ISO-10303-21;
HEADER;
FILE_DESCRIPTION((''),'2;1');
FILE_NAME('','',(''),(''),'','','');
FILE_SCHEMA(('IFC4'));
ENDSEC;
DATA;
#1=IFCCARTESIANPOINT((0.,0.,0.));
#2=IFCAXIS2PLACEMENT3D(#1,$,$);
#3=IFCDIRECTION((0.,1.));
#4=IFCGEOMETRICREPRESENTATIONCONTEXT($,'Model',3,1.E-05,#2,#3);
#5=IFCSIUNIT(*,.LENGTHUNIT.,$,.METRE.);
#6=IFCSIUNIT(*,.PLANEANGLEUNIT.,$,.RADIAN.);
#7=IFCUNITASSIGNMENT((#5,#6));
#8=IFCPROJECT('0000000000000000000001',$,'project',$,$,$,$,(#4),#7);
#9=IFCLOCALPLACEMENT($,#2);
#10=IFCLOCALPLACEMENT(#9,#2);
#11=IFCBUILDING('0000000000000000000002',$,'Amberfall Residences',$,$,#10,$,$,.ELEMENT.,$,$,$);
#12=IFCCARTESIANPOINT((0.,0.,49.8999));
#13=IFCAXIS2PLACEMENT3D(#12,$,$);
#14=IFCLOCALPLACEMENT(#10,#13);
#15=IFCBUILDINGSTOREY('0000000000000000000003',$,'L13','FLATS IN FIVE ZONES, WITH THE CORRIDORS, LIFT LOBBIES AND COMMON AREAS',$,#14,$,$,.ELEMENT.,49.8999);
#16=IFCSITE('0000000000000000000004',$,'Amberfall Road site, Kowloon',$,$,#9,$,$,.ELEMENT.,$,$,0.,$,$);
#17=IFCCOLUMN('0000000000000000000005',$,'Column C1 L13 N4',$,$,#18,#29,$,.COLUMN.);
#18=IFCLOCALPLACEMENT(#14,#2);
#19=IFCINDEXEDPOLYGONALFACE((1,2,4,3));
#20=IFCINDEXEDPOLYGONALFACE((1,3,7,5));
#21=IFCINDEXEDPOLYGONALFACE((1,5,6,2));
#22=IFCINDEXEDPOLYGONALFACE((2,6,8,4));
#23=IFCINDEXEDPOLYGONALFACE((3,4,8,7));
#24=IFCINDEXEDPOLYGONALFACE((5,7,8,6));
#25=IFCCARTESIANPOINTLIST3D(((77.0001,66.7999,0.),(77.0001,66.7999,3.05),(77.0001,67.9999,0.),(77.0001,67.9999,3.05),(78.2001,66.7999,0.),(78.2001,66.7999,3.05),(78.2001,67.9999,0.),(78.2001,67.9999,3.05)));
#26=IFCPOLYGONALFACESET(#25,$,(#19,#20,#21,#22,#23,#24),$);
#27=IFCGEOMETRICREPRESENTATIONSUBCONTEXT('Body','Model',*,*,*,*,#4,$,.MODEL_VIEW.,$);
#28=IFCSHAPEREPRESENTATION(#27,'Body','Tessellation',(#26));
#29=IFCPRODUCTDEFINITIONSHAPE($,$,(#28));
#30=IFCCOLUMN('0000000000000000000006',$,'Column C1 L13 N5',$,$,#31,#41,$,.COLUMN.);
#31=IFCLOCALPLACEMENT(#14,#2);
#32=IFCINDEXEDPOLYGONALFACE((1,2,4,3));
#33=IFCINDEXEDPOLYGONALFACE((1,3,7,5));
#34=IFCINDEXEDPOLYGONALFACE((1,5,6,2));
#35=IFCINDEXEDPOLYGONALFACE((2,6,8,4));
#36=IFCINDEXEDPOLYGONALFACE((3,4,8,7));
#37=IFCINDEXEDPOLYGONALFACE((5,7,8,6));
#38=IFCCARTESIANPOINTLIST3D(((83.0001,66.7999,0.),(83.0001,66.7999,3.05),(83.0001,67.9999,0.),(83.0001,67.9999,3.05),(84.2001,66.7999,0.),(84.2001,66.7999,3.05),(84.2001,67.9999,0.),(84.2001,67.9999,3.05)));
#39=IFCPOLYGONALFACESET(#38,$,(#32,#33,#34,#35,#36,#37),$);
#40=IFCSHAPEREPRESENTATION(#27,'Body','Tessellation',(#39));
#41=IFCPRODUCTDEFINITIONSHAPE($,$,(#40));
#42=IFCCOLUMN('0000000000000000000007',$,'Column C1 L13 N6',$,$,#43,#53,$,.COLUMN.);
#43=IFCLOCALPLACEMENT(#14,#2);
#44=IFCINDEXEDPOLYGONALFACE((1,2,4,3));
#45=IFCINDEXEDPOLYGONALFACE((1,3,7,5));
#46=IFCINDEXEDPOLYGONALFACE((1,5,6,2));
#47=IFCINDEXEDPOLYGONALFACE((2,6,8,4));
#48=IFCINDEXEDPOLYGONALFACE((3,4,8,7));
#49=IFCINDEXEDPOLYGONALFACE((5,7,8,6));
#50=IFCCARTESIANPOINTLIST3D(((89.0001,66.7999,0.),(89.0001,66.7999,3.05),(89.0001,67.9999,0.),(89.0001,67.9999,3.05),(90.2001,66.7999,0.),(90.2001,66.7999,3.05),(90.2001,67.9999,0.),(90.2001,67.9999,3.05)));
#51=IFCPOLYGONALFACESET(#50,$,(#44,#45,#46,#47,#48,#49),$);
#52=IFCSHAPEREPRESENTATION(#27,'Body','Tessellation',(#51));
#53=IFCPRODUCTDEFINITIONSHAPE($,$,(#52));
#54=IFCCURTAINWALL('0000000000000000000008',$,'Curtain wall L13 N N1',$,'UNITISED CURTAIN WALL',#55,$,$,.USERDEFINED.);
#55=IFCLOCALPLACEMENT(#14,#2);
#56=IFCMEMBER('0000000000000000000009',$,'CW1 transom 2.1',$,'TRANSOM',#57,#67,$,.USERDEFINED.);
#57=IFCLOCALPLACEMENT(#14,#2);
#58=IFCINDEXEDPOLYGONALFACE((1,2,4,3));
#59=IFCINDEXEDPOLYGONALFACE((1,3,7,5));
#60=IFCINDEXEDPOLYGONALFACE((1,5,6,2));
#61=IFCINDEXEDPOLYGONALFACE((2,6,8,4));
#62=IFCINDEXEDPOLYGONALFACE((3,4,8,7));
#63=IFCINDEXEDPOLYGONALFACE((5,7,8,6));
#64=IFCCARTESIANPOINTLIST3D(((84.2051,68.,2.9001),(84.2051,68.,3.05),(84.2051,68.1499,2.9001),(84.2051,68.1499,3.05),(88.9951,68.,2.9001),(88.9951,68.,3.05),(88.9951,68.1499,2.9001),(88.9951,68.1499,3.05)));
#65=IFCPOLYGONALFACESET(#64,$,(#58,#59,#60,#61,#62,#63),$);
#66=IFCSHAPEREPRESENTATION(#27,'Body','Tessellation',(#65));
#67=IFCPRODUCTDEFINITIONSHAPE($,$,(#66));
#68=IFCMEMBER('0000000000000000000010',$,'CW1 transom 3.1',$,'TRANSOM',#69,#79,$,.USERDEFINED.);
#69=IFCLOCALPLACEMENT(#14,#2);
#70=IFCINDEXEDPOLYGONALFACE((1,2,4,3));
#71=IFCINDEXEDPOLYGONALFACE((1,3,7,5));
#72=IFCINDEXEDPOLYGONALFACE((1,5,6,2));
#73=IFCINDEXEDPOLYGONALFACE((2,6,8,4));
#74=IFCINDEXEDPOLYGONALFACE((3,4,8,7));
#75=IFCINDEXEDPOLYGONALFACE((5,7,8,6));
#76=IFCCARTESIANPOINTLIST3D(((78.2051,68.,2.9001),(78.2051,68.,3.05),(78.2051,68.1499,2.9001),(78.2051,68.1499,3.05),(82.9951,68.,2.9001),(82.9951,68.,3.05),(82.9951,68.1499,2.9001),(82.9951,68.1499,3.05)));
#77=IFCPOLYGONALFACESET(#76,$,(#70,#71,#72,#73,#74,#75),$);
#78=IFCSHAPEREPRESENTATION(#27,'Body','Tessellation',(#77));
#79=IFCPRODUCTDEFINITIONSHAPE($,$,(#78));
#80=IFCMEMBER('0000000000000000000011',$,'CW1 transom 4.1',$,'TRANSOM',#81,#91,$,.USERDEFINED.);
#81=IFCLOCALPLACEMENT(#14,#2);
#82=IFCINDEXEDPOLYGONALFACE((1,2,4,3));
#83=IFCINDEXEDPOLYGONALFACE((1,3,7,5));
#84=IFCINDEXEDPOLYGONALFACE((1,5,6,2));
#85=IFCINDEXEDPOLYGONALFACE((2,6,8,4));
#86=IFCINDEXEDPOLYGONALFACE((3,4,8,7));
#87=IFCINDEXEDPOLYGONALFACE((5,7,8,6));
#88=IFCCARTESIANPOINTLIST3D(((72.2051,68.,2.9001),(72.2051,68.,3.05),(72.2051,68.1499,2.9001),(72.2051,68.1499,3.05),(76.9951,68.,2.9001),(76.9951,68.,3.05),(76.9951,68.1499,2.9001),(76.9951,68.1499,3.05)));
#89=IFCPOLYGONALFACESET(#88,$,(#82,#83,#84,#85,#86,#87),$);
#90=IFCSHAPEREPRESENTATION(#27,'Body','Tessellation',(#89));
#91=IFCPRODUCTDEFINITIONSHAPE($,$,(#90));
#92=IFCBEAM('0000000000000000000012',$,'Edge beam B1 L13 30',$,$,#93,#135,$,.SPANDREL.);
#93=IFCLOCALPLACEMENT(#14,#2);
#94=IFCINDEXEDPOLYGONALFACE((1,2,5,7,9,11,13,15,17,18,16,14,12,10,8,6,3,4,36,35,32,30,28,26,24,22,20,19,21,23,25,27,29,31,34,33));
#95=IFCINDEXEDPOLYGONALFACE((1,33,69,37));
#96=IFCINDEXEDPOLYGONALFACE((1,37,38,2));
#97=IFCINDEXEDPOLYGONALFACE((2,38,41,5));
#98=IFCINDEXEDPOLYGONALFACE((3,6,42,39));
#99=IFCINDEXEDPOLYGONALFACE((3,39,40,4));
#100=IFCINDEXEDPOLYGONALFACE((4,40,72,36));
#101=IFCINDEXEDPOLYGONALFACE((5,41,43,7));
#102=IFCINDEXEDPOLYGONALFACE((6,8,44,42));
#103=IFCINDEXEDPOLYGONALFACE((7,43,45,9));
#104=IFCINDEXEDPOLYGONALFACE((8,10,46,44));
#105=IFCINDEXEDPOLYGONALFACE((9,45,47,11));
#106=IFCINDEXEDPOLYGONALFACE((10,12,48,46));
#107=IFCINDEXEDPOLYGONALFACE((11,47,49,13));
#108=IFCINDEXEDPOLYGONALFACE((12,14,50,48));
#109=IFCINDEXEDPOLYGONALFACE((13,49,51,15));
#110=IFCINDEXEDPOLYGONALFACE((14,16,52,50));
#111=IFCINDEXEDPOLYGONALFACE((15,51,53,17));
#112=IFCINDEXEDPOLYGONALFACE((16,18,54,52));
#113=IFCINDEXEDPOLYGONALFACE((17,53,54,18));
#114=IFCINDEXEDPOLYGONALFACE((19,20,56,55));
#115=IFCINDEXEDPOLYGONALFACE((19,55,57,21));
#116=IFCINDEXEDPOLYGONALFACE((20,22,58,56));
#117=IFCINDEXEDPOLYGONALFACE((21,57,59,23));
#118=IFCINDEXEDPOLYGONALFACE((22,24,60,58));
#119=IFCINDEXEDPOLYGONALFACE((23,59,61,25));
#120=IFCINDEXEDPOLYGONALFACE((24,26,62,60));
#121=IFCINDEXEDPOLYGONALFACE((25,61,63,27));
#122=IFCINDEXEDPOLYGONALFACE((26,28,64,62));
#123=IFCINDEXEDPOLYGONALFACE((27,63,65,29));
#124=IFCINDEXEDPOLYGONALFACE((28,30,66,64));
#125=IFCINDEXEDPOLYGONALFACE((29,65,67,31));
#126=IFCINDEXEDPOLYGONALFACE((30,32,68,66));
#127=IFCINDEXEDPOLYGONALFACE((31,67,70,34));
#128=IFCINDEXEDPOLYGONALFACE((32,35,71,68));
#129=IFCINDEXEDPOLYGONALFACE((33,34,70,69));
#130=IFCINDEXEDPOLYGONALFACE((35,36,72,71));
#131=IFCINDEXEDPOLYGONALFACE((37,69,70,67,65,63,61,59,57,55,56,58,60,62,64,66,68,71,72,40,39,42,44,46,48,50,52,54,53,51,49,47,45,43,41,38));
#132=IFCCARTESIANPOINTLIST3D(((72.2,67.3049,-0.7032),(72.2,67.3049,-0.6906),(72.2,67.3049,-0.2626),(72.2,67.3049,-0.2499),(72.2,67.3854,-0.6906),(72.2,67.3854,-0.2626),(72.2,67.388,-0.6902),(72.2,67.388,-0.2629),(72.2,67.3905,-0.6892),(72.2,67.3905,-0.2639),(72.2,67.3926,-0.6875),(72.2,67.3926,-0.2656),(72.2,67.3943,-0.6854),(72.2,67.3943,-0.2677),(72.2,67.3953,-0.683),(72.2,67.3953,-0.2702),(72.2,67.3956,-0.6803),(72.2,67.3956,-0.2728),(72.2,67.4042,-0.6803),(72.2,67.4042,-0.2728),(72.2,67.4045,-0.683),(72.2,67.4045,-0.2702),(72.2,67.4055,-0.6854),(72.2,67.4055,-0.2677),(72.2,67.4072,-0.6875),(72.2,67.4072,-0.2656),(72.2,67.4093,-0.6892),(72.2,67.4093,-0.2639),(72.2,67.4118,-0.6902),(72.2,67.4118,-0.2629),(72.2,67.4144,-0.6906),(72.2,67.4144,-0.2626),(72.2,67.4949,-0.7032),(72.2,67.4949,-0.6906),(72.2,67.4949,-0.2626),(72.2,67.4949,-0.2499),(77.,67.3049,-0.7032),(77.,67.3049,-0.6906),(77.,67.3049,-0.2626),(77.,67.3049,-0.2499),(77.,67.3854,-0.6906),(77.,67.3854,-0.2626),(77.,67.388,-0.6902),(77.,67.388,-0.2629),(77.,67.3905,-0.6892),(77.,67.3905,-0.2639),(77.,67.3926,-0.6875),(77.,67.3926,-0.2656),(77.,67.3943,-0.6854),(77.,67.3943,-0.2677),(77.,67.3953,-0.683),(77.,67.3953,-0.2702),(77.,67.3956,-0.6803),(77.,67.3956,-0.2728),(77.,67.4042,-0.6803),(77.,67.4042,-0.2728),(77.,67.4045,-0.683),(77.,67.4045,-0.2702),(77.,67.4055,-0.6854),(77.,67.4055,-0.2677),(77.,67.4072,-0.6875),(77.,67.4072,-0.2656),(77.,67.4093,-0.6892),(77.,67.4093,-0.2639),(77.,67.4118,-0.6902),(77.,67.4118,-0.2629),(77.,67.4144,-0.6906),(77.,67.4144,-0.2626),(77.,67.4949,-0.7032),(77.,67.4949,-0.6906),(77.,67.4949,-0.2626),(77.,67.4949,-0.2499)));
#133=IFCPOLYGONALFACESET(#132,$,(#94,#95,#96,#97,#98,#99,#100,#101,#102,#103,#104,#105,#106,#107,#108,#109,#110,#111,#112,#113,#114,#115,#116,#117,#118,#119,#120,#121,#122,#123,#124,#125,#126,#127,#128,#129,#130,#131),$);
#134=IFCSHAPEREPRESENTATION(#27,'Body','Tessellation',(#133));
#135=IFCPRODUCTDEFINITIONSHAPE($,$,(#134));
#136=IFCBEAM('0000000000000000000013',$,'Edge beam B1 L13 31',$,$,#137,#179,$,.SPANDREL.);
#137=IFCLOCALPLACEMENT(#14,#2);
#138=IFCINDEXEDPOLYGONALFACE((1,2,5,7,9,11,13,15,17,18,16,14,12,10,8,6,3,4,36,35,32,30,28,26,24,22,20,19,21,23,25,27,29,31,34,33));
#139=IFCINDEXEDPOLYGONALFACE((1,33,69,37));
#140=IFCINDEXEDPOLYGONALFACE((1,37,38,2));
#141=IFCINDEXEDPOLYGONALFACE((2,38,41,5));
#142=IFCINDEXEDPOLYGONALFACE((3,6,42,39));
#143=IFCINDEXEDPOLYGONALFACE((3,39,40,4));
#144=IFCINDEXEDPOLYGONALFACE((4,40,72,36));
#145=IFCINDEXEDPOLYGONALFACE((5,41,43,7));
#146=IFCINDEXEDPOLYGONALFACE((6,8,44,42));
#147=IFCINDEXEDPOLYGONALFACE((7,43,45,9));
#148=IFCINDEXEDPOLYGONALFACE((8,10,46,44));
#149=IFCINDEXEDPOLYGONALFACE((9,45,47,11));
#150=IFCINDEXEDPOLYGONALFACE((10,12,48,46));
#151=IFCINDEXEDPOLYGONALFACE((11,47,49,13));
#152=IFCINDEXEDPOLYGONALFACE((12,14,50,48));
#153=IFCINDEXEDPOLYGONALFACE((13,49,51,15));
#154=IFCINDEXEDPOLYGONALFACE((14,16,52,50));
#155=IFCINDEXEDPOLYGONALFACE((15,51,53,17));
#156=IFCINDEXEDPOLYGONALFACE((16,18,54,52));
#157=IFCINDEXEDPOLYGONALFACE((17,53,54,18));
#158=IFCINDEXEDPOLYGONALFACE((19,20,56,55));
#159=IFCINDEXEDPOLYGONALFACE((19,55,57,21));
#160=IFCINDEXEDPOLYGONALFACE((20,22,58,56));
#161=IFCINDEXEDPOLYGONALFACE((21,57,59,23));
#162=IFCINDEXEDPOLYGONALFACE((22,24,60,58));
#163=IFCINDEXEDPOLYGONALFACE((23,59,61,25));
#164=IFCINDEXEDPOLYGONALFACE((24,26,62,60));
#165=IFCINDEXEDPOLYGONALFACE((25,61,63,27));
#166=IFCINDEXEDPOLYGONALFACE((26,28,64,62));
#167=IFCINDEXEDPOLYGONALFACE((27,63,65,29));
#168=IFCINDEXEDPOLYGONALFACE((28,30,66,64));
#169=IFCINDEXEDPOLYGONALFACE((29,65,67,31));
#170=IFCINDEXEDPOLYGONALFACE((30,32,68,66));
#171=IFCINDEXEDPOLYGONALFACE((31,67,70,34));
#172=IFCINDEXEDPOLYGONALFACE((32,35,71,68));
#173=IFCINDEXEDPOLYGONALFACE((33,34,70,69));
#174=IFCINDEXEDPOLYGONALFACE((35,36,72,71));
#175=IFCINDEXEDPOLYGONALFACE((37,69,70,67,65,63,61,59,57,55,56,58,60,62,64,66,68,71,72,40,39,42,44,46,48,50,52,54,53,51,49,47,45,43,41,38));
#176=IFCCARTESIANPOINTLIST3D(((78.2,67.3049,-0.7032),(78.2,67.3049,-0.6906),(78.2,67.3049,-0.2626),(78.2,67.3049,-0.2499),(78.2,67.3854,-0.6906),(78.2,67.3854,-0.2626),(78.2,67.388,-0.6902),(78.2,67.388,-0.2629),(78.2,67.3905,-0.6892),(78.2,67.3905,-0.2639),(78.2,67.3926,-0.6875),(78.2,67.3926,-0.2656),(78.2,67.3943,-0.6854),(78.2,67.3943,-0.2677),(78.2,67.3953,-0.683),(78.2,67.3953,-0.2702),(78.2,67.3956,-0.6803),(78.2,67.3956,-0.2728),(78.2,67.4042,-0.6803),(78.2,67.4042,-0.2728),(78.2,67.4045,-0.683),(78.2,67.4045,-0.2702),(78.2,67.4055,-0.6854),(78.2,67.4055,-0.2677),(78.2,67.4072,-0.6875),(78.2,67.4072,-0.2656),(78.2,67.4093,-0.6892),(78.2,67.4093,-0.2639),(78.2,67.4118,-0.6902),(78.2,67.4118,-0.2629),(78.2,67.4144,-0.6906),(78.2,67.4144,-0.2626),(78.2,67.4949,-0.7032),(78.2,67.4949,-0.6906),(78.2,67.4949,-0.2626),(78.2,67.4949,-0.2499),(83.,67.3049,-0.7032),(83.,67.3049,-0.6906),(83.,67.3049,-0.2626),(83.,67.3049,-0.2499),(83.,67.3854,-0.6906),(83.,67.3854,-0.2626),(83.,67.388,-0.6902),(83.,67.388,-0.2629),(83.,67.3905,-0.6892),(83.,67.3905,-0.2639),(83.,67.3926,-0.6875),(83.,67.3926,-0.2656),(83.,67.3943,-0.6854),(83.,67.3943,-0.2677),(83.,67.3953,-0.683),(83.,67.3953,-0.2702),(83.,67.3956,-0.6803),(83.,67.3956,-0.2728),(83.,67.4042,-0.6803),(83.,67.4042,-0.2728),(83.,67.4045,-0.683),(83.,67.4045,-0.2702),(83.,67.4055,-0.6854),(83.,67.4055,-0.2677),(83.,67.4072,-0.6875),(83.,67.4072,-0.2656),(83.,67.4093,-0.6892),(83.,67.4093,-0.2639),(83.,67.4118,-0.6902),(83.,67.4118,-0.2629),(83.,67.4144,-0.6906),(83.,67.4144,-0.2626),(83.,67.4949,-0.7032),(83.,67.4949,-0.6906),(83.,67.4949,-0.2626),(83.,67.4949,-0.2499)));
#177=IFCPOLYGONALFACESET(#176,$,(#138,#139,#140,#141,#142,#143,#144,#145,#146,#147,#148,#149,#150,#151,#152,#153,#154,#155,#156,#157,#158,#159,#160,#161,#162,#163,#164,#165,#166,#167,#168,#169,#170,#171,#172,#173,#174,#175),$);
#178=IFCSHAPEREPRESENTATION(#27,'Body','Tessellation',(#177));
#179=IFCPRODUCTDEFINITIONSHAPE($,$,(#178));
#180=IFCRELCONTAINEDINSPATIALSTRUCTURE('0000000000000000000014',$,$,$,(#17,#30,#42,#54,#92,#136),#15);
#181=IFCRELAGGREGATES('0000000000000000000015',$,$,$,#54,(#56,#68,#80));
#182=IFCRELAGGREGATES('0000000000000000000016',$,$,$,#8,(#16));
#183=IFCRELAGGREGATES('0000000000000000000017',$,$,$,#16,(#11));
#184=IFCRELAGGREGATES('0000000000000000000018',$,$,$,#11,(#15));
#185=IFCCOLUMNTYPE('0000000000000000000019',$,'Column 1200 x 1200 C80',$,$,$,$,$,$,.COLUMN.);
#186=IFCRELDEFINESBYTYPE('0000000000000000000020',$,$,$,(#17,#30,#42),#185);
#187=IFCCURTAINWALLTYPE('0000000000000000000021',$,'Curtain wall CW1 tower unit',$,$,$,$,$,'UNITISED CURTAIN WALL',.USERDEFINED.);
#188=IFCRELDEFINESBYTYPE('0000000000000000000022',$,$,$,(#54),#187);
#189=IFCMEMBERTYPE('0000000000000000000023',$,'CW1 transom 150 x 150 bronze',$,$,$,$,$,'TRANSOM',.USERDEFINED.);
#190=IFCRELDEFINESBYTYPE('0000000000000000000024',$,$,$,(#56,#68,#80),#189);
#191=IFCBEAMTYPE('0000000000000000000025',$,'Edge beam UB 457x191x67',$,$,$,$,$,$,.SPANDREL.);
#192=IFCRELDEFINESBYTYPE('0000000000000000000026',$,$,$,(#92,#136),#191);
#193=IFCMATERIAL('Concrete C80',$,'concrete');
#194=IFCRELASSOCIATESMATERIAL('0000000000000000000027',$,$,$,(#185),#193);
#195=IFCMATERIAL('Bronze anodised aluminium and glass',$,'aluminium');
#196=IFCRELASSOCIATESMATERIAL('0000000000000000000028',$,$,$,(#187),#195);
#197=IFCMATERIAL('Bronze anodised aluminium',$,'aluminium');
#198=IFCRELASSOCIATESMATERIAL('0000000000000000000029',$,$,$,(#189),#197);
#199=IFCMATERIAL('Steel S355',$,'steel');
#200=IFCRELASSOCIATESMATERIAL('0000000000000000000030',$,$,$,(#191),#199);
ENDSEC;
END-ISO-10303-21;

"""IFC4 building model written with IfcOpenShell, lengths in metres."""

from ifc_helpers import new_model, si_unit, direction, frame, origin, origin_2d, place, context, subcontext, project, spatial, rectangle, i_section, extrude, material, material_profile, profile_set, type_object, element, aggregate, save


model = new_model("IFC4")

# Units and contexts
model_context = context("Model", 3, precision=1e-05, world=origin(), true_north=direction((0.0, 1.0)))
body_context = subcontext(model_context, "Body", "Model", "MODEL_VIEW")
ifc_project = project(units=[si_unit("LENGTHUNIT", "METRE"), si_unit("PLANEANGLEUNIT", "RADIAN")], contexts=[model_context])

# Site, building, storey
site_placement = place(None, origin())
site = spatial("IfcSite", under=ifc_project, at=site_placement, Name="Amberfall Road site, Kowloon", CompositionType="ELEMENT", RefElevation=0.0)
building_placement = place(site_placement, origin())
building = spatial("IfcBuilding", under=site, at=building_placement, Name="Amberfall Residences", CompositionType="ELEMENT")
storey_placement = place(building_placement, frame((0.0, 0.0, 49.8999)))
storey = spatial("IfcBuildingStorey", under=building, at=storey_placement, Name="L13", Description="FLATS IN FIVE ZONES, WITH THE CORRIDORS, LIFT LOBBIES AND COMMON AREAS", CompositionType="ELEMENT", Elevation=49.8999)

# Columns
ifc_material_1 = material(Name="Concrete C80", Category="concrete")
ifc_material_profile_1 = material_profile(ifc_material_1, rectangle(XDim=1.2, YDim=1.2, at=origin_2d()), Name="Column 1200 x 1200 C80")
ifc_profile_set_1 = profile_set([ifc_material_profile_1], Name="Concrete C80")
column_type = type_object("IfcColumnType", Name="Column 1200 x 1200 C80", PredefinedType="COLUMN", material=ifc_profile_set_1)
for number, where, z_axis, x_axis, name in (
    (1, (77.6001, 67.3999, 0.0), (0.0, 0.0, 1.0), (1.0, 0.0, 0.0), "Column C1 L13 N4"),
    (2, (83.6001, 67.3999, 0.0), (0.0, 0.0, 1.0), (1.0, 0.0, 0.0), "Column C1 L13 N5"),
    (3, (89.6001, 67.3999, 0.0), (0.0, 0.0, 1.0), (1.0, 0.0, 0.0), "Column C1 L13 N6"),
):
    element("IfcColumn", number, at=place(storey_placement, frame(where, z_axis=z_axis, x_axis=x_axis)), inside=storey, type_object=column_type, Name=name, PredefinedType="COLUMN", context=body_context, shape_type="SweptSolid", body=[
        extrude(rectangle(XDim=1.2, YDim=1.2, at=origin_2d()), origin(), (0.0, 0.0, 1.0), 3.05),
    ])

# Curtain wall, members
ifc_material_2 = material(Name="Bronze anodised aluminium and glass", Category="aluminium")
curtain_wall_type = type_object("IfcCurtainWallType", Name="Curtain wall CW1 tower unit", ElementType="UNITISED CURTAIN WALL", PredefinedType="USERDEFINED", material=ifc_material_2)
curtain_wall_placement = place(storey_placement, origin())
curtain_wall = element("IfcCurtainWall", 4, at=curtain_wall_placement, inside=storey, type_object=curtain_wall_type, Name="Curtain wall L13 N N1", ObjectType="UNITISED CURTAIN WALL", PredefinedType="USERDEFINED")
ifc_material_3 = material(Name="Bronze anodised aluminium", Category="aluminium")
ifc_material_profile_2 = material_profile(ifc_material_3, rectangle(XDim=0.1499, YDim=0.1499, at=origin_2d()), Name="CW1 transom 150 x 150 bronze")
ifc_profile_set_2 = profile_set([ifc_material_profile_2], Name="Bronze anodised aluminium")
member_type_1 = type_object("IfcMemberType", Name="CW1 transom 150 x 150 bronze", ElementType="TRANSOM", PredefinedType="USERDEFINED", material=ifc_profile_set_2)
member_1_placement = place(storey_placement, frame((88.9951, 68.075, 2.9751), z_axis=(-1.0, 0.0, 0.0), x_axis=(0.0, -1.0, 0.0)))
member_1 = element("IfcMember", 5, at=member_1_placement, type_object=member_type_1, Name="CW1 transom 2.1", ObjectType="TRANSOM", PredefinedType="USERDEFINED", context=body_context, shape_type="SweptSolid", body=[
    extrude(rectangle(XDim=0.1499, YDim=0.1499, at=origin_2d()), origin(), (0.0, 0.0, 1.0), 4.79),
])
member_2_placement = place(storey_placement, frame((82.9951, 68.075, 2.9751), z_axis=(-1.0, 0.0, 0.0), x_axis=(0.0, -1.0, 0.0)))
member_2 = element("IfcMember", 6, at=member_2_placement, type_object=member_type_1, Name="CW1 transom 3.1", ObjectType="TRANSOM", PredefinedType="USERDEFINED", context=body_context, shape_type="SweptSolid", body=[
    extrude(rectangle(XDim=0.1499, YDim=0.1499, at=origin_2d()), origin(), (0.0, 0.0, 1.0), 4.79),
])
member_3_placement = place(storey_placement, frame((76.9951, 68.075, 2.9751), z_axis=(-1.0, 0.0, 0.0), x_axis=(0.0, -1.0, 0.0)))
member_3 = element("IfcMember", 7, at=member_3_placement, type_object=member_type_1, Name="CW1 transom 4.1", ObjectType="TRANSOM", PredefinedType="USERDEFINED", context=body_context, shape_type="SweptSolid", body=[
    extrude(rectangle(XDim=0.1499, YDim=0.1499, at=origin_2d()), origin(), (0.0, 0.0, 1.0), 4.79),
])

# Beams
ifc_material_4 = material(Name="Steel S355", Category="steel")
ifc_material_profile_3 = material_profile(ifc_material_4, i_section(OverallWidth=0.1899, OverallDepth=0.4534, WebThickness=0.0085, FlangeThickness=0.0127, FilletRadius=0.0103, at=origin_2d()), Name="UB 457x191x67")
ifc_profile_set_3 = profile_set([ifc_material_profile_3], Name="Steel S355")
beam_type_1 = type_object("IfcBeamType", Name="Edge beam UB 457x191x67", PredefinedType="SPANDREL", material=ifc_profile_set_3)
for number, where, z_axis, x_axis, name in (
    (8, (72.2, 67.3999, -0.4766), (1.0, 0.0, 0.0), (0.0, 1.0, 0.0), "Edge beam B1 L13 30"),
    (9, (78.2, 67.3999, -0.4766), (1.0, 0.0, 0.0), (0.0, 1.0, 0.0), "Edge beam B1 L13 31"),
):
    element("IfcBeam", number, at=place(storey_placement, frame(where, z_axis=z_axis, x_axis=x_axis)), inside=storey, type_object=beam_type_1, Name=name, PredefinedType="SPANDREL", context=body_context, shape_type="SweptSolid", body=[
        extrude(i_section(OverallWidth=0.1899, OverallDepth=0.4534, WebThickness=0.0085, FlangeThickness=0.0127, FilletRadius=0.0103, at=origin_2d()), origin(), (0.0, 0.0, 1.0), 4.8),
    ])

aggregate(curtain_wall, [member_1, member_2, member_3])

save(model, "model.ifc")
